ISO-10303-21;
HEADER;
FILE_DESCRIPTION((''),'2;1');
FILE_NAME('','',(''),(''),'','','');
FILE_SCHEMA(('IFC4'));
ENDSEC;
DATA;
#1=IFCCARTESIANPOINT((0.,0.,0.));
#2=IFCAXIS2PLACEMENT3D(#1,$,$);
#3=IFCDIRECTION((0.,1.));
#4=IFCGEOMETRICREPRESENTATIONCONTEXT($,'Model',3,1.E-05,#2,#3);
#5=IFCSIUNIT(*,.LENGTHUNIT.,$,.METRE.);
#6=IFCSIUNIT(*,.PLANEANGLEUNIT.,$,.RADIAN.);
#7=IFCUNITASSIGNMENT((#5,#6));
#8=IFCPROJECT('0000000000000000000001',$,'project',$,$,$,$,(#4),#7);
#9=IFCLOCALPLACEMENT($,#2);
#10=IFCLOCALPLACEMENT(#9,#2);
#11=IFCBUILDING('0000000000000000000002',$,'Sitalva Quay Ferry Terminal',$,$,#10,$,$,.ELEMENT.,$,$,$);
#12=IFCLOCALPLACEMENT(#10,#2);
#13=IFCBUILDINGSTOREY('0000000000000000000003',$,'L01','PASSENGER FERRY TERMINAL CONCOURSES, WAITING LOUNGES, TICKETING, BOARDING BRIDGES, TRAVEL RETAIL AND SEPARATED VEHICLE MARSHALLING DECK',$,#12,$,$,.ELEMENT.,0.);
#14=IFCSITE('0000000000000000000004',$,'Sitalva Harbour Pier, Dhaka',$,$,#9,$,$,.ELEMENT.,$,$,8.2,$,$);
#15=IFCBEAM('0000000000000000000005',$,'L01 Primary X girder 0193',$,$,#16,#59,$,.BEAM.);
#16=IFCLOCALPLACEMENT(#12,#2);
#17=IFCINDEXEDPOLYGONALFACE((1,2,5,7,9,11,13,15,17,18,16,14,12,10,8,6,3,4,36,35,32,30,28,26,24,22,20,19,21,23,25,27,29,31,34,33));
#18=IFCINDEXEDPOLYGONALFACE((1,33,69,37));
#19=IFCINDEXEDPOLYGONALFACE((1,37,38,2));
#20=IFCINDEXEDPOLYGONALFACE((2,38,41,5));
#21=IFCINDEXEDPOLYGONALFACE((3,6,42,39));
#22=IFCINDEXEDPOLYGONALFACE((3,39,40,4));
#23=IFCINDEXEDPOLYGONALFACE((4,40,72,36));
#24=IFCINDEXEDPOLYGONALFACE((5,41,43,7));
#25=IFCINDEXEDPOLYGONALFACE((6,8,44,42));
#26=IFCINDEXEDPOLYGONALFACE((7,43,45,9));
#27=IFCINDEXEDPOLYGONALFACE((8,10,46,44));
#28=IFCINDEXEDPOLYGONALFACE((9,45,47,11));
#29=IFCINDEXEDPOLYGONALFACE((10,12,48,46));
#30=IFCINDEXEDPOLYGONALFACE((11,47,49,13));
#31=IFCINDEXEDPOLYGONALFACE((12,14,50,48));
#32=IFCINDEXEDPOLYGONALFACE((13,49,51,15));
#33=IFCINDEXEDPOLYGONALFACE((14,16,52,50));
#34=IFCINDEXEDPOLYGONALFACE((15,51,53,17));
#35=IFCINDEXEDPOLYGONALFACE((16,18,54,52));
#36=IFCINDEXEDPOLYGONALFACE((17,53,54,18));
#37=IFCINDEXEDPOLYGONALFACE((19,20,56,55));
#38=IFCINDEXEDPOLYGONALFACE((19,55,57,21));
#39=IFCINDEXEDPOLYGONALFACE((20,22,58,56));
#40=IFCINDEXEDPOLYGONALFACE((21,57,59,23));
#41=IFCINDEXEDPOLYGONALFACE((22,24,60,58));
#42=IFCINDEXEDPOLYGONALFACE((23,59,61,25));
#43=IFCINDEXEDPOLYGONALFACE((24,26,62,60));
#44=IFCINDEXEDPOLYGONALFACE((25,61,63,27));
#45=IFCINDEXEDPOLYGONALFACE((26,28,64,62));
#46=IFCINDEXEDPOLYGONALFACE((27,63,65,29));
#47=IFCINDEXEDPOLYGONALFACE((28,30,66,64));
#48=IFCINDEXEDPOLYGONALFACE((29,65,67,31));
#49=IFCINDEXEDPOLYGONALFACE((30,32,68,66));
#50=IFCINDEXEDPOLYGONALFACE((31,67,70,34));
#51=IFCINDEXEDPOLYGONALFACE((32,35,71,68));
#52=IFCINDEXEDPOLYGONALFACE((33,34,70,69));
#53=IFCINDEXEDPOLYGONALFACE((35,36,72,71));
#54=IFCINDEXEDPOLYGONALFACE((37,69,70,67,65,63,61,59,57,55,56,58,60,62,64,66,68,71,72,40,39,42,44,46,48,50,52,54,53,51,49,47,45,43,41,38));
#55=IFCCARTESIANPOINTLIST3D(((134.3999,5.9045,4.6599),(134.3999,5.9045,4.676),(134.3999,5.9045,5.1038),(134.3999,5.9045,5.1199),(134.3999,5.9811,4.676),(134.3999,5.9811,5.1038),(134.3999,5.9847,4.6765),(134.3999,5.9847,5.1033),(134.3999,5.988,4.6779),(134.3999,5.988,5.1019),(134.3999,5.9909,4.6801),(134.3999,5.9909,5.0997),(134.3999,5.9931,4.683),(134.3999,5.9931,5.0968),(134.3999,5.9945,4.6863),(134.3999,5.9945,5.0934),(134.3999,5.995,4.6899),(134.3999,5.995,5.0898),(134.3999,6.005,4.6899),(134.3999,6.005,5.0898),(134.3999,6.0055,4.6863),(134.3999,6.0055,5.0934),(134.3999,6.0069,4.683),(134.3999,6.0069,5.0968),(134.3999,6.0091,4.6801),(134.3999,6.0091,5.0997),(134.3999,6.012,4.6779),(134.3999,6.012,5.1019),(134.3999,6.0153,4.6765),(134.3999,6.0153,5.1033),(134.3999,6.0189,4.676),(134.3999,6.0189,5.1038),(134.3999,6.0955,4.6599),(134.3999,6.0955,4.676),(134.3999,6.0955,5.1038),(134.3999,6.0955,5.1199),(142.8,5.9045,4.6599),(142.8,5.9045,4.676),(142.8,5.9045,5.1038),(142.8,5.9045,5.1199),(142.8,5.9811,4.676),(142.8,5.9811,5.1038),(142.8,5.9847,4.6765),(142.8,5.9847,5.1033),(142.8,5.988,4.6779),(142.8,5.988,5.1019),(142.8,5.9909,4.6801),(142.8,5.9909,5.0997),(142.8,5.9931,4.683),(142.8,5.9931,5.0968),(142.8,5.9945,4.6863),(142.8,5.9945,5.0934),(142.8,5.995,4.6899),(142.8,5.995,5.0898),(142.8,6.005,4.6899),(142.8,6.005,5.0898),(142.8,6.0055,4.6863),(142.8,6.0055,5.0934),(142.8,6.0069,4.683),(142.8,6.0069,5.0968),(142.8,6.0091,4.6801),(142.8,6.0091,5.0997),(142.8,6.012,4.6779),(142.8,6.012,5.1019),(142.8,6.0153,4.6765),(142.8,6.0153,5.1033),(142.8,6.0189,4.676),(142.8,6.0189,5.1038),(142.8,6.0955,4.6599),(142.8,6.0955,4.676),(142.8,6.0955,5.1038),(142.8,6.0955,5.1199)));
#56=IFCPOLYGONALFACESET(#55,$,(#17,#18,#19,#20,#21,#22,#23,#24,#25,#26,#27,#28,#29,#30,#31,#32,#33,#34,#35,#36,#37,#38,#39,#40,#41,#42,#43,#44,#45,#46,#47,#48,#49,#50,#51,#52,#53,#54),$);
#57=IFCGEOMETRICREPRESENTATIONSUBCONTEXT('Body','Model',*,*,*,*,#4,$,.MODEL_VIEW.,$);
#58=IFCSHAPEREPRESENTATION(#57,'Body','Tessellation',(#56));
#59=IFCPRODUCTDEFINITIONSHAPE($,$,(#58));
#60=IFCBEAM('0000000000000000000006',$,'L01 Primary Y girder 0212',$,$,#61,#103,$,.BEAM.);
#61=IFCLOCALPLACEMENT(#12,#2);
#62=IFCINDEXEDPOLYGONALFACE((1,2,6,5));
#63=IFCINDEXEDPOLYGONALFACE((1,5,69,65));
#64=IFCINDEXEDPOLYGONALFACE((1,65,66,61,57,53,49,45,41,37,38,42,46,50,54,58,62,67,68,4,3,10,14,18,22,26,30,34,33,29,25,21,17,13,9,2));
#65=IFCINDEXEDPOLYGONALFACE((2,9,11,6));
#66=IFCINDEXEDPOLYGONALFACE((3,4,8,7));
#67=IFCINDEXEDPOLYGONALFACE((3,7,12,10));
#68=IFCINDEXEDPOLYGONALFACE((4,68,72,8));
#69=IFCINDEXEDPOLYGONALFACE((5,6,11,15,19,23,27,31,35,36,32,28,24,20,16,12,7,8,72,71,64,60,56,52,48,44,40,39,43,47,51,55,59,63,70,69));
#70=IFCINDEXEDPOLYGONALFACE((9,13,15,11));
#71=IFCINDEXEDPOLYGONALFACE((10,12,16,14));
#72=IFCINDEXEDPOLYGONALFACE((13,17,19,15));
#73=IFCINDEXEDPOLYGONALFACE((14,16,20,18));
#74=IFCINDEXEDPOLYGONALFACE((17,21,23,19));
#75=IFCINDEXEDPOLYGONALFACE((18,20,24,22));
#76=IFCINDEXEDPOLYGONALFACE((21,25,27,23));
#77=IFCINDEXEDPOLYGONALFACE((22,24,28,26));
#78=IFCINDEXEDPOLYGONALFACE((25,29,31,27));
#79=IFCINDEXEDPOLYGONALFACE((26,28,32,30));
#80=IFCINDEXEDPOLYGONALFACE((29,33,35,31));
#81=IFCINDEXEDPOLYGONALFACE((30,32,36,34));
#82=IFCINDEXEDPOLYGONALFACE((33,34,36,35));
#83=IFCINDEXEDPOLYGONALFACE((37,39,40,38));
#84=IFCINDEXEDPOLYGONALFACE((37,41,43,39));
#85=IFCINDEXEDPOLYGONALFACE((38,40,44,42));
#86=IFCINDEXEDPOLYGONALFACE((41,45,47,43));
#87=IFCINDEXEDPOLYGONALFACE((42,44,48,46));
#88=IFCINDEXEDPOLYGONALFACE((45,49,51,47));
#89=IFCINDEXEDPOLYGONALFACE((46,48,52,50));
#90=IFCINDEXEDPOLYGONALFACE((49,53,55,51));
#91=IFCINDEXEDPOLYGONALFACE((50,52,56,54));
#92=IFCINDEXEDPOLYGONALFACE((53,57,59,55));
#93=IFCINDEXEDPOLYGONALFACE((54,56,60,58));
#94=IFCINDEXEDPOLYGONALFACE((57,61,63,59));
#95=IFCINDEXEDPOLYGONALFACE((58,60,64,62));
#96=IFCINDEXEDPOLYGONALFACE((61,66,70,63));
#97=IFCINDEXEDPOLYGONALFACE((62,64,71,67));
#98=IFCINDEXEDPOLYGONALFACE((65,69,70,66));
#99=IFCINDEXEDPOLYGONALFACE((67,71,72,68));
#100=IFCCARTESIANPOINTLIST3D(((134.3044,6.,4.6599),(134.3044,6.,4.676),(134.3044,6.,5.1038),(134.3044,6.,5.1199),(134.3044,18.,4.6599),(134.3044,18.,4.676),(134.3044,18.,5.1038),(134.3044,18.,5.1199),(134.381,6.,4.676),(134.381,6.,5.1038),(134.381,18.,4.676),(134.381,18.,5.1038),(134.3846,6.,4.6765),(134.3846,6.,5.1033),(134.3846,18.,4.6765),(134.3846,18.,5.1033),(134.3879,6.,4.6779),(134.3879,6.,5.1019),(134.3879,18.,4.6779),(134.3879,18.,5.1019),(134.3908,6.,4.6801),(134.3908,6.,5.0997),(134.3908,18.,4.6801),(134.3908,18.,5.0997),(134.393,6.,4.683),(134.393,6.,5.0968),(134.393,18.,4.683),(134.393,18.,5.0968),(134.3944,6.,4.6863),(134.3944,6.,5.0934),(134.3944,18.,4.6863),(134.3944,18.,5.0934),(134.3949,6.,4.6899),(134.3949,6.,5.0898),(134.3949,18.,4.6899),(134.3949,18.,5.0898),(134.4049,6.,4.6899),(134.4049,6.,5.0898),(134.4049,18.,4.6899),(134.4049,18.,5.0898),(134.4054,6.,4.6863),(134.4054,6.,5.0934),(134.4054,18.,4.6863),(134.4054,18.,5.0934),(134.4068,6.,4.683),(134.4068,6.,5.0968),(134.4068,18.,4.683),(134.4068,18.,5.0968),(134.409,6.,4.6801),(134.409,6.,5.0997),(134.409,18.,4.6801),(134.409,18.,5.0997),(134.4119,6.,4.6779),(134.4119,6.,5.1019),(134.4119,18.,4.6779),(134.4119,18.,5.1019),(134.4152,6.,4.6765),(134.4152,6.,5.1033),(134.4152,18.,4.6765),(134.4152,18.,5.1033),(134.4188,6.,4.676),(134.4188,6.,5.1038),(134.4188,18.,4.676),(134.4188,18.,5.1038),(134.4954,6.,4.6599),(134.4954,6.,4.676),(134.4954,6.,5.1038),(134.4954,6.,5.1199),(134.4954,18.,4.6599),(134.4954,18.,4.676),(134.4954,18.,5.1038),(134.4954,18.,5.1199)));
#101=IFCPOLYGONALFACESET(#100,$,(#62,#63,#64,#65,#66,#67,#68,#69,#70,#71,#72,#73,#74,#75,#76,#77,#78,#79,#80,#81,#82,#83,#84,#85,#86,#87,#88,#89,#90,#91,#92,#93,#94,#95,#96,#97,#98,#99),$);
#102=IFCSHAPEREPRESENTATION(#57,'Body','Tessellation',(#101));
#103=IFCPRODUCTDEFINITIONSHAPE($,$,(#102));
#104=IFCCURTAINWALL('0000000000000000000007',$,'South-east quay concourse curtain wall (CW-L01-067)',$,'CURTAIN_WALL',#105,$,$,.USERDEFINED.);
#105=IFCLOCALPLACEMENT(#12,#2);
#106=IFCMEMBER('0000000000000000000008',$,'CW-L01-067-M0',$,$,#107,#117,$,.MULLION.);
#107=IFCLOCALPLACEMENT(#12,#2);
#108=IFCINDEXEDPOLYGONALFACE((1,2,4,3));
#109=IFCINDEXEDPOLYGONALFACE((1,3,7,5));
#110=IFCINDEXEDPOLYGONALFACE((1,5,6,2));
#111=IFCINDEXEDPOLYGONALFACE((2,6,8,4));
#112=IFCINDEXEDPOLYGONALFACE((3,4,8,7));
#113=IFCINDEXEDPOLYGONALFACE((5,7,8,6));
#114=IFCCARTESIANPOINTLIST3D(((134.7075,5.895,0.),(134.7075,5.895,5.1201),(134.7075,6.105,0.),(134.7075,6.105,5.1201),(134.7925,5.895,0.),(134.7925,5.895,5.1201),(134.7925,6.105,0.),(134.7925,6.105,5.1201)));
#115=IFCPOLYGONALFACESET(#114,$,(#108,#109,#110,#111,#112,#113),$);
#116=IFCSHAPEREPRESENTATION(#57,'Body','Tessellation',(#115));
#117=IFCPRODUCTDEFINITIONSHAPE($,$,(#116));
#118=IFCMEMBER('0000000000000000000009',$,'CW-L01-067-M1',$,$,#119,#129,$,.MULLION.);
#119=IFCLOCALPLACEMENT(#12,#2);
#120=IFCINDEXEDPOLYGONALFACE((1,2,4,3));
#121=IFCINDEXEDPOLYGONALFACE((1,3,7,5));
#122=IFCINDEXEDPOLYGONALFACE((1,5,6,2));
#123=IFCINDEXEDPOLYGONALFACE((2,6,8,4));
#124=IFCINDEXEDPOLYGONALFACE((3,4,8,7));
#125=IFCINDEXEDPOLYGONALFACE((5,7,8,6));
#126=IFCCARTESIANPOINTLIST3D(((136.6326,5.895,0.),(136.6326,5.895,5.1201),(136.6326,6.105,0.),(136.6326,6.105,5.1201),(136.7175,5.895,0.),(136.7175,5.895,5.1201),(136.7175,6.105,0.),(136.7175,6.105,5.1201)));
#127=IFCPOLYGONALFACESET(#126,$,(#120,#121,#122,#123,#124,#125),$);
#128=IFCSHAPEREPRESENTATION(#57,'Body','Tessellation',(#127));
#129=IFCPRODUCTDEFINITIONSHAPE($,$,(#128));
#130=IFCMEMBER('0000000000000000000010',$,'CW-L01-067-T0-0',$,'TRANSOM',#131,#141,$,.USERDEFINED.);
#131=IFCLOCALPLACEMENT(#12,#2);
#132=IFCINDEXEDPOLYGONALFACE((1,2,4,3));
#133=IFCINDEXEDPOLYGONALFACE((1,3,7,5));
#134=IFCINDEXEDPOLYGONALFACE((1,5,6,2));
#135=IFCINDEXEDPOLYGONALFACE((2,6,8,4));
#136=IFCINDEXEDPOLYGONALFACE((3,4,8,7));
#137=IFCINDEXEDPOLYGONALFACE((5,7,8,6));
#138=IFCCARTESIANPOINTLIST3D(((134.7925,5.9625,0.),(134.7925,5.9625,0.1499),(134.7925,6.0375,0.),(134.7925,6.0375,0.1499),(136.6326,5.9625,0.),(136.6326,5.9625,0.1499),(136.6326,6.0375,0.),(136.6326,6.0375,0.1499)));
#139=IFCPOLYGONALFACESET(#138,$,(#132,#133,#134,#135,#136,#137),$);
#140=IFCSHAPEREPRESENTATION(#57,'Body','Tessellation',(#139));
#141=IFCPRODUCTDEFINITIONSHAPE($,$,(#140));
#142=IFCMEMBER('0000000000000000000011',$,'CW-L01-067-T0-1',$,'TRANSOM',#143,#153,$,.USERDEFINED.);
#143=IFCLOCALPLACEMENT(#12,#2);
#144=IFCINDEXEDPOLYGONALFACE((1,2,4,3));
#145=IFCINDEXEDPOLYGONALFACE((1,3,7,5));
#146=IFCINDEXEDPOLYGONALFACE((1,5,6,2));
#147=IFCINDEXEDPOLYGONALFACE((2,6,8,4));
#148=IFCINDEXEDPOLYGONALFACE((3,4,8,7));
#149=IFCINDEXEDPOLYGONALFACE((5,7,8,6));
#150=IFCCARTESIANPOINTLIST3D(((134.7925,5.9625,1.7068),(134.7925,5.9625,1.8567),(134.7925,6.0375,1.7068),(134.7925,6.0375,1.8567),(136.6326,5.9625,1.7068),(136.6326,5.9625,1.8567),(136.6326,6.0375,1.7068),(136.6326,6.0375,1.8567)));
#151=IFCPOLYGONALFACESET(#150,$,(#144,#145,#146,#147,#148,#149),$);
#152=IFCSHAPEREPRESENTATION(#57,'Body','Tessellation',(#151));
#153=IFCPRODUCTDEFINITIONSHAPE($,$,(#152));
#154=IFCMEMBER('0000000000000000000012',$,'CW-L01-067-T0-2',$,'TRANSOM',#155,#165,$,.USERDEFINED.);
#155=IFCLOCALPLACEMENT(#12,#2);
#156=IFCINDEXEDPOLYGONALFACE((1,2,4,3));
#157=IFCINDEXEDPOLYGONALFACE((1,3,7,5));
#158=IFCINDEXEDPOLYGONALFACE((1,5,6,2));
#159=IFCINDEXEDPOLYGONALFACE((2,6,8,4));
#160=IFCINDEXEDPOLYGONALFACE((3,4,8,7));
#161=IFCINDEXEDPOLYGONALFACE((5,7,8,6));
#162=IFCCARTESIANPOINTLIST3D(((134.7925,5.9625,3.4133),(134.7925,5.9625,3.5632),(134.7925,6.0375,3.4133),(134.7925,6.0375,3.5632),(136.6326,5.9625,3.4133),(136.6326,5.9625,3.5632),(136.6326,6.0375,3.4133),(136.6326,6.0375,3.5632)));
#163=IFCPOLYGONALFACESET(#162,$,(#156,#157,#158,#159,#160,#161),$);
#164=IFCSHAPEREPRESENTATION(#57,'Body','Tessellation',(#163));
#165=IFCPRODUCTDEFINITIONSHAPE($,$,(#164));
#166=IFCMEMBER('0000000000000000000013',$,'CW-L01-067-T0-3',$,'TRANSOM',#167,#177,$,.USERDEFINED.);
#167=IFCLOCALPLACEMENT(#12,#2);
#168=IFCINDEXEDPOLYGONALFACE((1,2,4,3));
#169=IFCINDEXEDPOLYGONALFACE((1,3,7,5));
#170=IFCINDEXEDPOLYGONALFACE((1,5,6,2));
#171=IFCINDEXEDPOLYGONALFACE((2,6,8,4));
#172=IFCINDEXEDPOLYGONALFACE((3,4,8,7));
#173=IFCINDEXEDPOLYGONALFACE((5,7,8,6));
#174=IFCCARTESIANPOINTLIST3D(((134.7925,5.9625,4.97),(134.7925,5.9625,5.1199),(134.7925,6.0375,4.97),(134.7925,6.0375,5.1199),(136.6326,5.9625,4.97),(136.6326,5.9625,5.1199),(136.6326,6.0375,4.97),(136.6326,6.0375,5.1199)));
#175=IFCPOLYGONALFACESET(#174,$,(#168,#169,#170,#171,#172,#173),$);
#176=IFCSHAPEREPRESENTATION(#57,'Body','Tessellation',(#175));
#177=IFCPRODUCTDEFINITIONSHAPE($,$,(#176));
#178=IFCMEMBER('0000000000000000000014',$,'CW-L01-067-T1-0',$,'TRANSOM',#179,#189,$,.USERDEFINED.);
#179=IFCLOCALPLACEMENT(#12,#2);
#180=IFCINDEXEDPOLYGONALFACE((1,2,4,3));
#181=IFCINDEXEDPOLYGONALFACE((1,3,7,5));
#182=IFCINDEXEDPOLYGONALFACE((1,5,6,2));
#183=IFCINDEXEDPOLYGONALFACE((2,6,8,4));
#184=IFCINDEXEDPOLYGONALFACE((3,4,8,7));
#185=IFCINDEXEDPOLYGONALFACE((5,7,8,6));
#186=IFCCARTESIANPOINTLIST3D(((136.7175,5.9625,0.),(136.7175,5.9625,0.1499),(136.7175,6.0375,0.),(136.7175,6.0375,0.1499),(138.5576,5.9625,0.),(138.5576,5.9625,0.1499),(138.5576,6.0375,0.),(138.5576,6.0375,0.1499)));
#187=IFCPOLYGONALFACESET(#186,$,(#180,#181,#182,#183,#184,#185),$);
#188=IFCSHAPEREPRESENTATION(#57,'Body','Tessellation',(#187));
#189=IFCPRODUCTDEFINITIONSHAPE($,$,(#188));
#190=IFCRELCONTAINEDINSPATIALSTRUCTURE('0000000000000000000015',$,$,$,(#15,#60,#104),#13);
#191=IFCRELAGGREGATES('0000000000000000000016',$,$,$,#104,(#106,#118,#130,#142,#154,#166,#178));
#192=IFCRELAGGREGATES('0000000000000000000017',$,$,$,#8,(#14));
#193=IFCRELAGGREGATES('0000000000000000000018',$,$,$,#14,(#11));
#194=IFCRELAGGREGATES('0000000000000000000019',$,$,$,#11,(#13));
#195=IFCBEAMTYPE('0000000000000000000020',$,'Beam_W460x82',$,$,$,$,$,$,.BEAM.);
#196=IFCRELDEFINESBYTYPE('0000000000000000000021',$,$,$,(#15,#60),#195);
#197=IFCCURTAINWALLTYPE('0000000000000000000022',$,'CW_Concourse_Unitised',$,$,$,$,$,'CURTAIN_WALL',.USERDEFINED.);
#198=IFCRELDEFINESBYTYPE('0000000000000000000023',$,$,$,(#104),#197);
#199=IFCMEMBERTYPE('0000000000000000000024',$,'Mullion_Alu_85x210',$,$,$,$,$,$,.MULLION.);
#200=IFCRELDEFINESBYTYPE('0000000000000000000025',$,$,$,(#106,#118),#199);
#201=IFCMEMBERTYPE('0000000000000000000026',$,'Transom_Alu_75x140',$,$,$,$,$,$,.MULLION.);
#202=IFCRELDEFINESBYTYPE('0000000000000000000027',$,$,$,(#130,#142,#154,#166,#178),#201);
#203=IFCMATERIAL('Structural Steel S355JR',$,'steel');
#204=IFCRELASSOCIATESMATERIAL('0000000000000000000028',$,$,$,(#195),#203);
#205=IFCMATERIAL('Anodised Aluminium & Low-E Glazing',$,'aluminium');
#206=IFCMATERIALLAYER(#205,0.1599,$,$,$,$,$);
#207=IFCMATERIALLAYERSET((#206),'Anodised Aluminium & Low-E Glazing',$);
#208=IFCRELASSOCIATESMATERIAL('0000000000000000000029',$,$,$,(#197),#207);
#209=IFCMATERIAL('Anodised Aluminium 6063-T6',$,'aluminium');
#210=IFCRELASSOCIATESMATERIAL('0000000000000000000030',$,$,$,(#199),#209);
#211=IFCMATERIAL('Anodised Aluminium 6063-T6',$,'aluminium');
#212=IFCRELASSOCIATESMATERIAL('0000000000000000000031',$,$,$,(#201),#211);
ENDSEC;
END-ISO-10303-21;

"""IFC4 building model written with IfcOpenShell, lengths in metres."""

from ifc_helpers import new_model, si_unit, direction, frame, origin, origin_2d, place, context, subcontext, project, spatial, rectangle, i_section, extrude, material, layer, layer_set, material_profile, profile_set, type_object, element, aggregate, save


model = new_model("IFC4")

# Units and contexts
model_context = context("Model", 3, precision=1e-05, world=origin(), true_north=direction((0.0, 1.0)))
body_context = subcontext(model_context, "Body", "Model", "MODEL_VIEW")
ifc_project = project(units=[si_unit("LENGTHUNIT", "METRE"), si_unit("PLANEANGLEUNIT", "RADIAN")], contexts=[model_context])

# Site, building, storey
site_placement = place(None, origin())
site = spatial("IfcSite", under=ifc_project, at=site_placement, Name="Sitalva Harbour Pier, Dhaka", CompositionType="ELEMENT", RefElevation=8.2)
building_placement = place(site_placement, origin())
building = spatial("IfcBuilding", under=site, at=building_placement, Name="Sitalva Quay Ferry Terminal", CompositionType="ELEMENT")
storey_placement = place(building_placement, origin())
storey = spatial("IfcBuildingStorey", under=building, at=storey_placement, Name="L01", Description="PASSENGER FERRY TERMINAL CONCOURSES, WAITING LOUNGES, TICKETING, BOARDING BRIDGES, TRAVEL RETAIL AND SEPARATED VEHICLE MARSHALLING DECK", CompositionType="ELEMENT", Elevation=0.0)

# Beams
ifc_material_1 = material(Name="Structural Steel S355JR", Category="steel")
ifc_material_profile_1 = material_profile(ifc_material_1, i_section(OverallWidth=0.1909, OverallDepth=0.46, WebThickness=0.01, FlangeThickness=0.0161, FilletRadius=0.0139, at=origin_2d()), Name="W460x82")
ifc_profile_set_1 = profile_set([ifc_material_profile_1], Name="Structural Steel S355JR")
beam_type = type_object("IfcBeamType", Name="Beam_W460x82", PredefinedType="BEAM", material=ifc_profile_set_1)
beam_1_placement = place(storey_placement, frame((134.3999, 6.0, 4.8899), z_axis=(1.0, 0.0, 0.0), x_axis=(0.0, 1.0, 0.0)))
element("IfcBeam", 1, at=beam_1_placement, inside=storey, type_object=beam_type, Name="L01 Primary X girder 0193", PredefinedType="BEAM", context=body_context, shape_type="SweptSolid", body=[
    extrude(i_section(OverallWidth=0.1909, OverallDepth=0.46, WebThickness=0.01, FlangeThickness=0.0161, FilletRadius=0.0139, at=origin_2d()), origin(), (0.0, 0.0, 1.0), 8.4001),
])
beam_2_placement = place(storey_placement, frame((134.3999, 6.0, 4.8899), z_axis=(0.0, 1.0, 0.0), x_axis=(-1.0, 0.0, 0.0)))
element("IfcBeam", 2, at=beam_2_placement, inside=storey, type_object=beam_type, Name="L01 Primary Y girder 0212", PredefinedType="BEAM", context=body_context, shape_type="SweptSolid", body=[
    extrude(i_section(OverallWidth=0.1909, OverallDepth=0.46, WebThickness=0.01, FlangeThickness=0.0161, FilletRadius=0.0139, at=origin_2d()), origin(), (0.0, 0.0, 1.0), 12.0),
])

# Curtain wall, members
ifc_material_2 = material(Name="Anodised Aluminium & Low-E Glazing", Category="aluminium")
ifc_layer_1 = layer(ifc_material_2, 0.1599)
ifc_layer_set_1 = layer_set([ifc_layer_1], Name="Anodised Aluminium & Low-E Glazing")
curtain_wall_type = type_object("IfcCurtainWallType", Name="CW_Concourse_Unitised", ElementType="CURTAIN_WALL", PredefinedType="USERDEFINED", material=ifc_layer_set_1)
curtain_wall_placement = place(storey_placement, origin())
curtain_wall = element("IfcCurtainWall", 3, at=curtain_wall_placement, inside=storey, type_object=curtain_wall_type, Name="South-east quay concourse curtain wall (CW-L01-067)", ObjectType="CURTAIN_WALL", PredefinedType="USERDEFINED")
ifc_material_3 = material(Name="Anodised Aluminium 6063-T6", Category="aluminium")
ifc_material_profile_2 = material_profile(ifc_material_3, rectangle(XDim=0.085, YDim=0.21, at=origin_2d()), Name="ALU85x210")
ifc_profile_set_2 = profile_set([ifc_material_profile_2], Name="Anodised Aluminium 6063-T6")
member_type_1 = type_object("IfcMemberType", Name="Mullion_Alu_85x210", PredefinedType="MULLION", material=ifc_profile_set_2)
member_1_placement = place(storey_placement, frame((134.75, 6.0, 0.0), z_axis=(0.0, 0.0, 1.0), x_axis=(1.0, 0.0, 0.0)))
member_1 = element("IfcMember", 4, at=member_1_placement, type_object=member_type_1, Name="CW-L01-067-M0", PredefinedType="MULLION", context=body_context, shape_type="SweptSolid", body=[
    extrude(rectangle(XDim=0.085, YDim=0.21, at=origin_2d()), origin(), (0.0, 0.0, 1.0), 5.1201),
])
member_2_placement = place(storey_placement, frame((136.675, 6.0, 0.0), z_axis=(0.0, 0.0, 1.0), x_axis=(1.0, 0.0, 0.0)))
member_2 = element("IfcMember", 5, at=member_2_placement, type_object=member_type_1, Name="CW-L01-067-M1", PredefinedType="MULLION", context=body_context, shape_type="SweptSolid", body=[
    extrude(rectangle(XDim=0.085, YDim=0.21, at=origin_2d()), origin(), (0.0, 0.0, 1.0), 5.1201),
])
ifc_material_4 = material(Name="Anodised Aluminium 6063-T6", Category="aluminium")
ifc_material_profile_3 = material_profile(ifc_material_4, rectangle(XDim=0.075, YDim=0.1499, at=origin_2d()), Name="ALU75x150")
ifc_profile_set_3 = profile_set([ifc_material_profile_3], Name="Anodised Aluminium 6063-T6")
member_type_2 = type_object("IfcMemberType", Name="Transom_Alu_75x140", PredefinedType="MULLION", material=ifc_profile_set_3)
member_3_placement = place(storey_placement, frame((134.7925, 6.0, 0.075), z_axis=(1.0, 0.0, 0.0), x_axis=(0.0, 1.0, 0.0)))
member_3 = element("IfcMember", 6, at=member_3_placement, type_object=member_type_2, Name="CW-L01-067-T0-0", ObjectType="TRANSOM", PredefinedType="USERDEFINED", context=body_context, shape_type="SweptSolid", body=[
    extrude(rectangle(XDim=0.075, YDim=0.1499, at=origin_2d()), origin(), (0.0, 0.0, 1.0), 1.8401),
])
member_4_placement = place(storey_placement, frame((134.7925, 6.0, 1.7817), z_axis=(1.0, 0.0, 0.0), x_axis=(0.0, 1.0, 0.0)))
member_4 = element("IfcMember", 7, at=member_4_placement, type_object=member_type_2, Name="CW-L01-067-T0-1", ObjectType="TRANSOM", PredefinedType="USERDEFINED", context=body_context, shape_type="SweptSolid", body=[
    extrude(rectangle(XDim=0.075, YDim=0.1499, at=origin_2d()), origin(), (0.0, 0.0, 1.0), 1.8401),
])
member_5_placement = place(storey_placement, frame((134.7925, 6.0, 3.4883), z_axis=(1.0, 0.0, 0.0), x_axis=(0.0, 1.0, 0.0)))
member_5 = element("IfcMember", 8, at=member_5_placement, type_object=member_type_2, Name="CW-L01-067-T0-2", ObjectType="TRANSOM", PredefinedType="USERDEFINED", context=body_context, shape_type="SweptSolid", body=[
    extrude(rectangle(XDim=0.075, YDim=0.1499, at=origin_2d()), origin(), (0.0, 0.0, 1.0), 1.8401),
])
member_6_placement = place(storey_placement, frame((134.7925, 6.0, 5.0449), z_axis=(1.0, 0.0, 0.0), x_axis=(0.0, 1.0, 0.0)))
member_6 = element("IfcMember", 9, at=member_6_placement, type_object=member_type_2, Name="CW-L01-067-T0-3", ObjectType="TRANSOM", PredefinedType="USERDEFINED", context=body_context, shape_type="SweptSolid", body=[
    extrude(rectangle(XDim=0.075, YDim=0.1499, at=origin_2d()), origin(), (0.0, 0.0, 1.0), 1.8401),
])
member_7_placement = place(storey_placement, frame((136.7175, 6.0, 0.075), z_axis=(1.0, 0.0, 0.0), x_axis=(0.0, 1.0, 0.0)))
member_7 = element("IfcMember", 10, at=member_7_placement, type_object=member_type_2, Name="CW-L01-067-T1-0", ObjectType="TRANSOM", PredefinedType="USERDEFINED", context=body_context, shape_type="SweptSolid", body=[
    extrude(rectangle(XDim=0.075, YDim=0.1499, at=origin_2d()), origin(), (0.0, 0.0, 1.0), 1.8401),
])
aggregate(curtain_wall, [member_1, member_2, member_3, member_4, member_5, member_6, member_7])

save(model, "model.ifc")
